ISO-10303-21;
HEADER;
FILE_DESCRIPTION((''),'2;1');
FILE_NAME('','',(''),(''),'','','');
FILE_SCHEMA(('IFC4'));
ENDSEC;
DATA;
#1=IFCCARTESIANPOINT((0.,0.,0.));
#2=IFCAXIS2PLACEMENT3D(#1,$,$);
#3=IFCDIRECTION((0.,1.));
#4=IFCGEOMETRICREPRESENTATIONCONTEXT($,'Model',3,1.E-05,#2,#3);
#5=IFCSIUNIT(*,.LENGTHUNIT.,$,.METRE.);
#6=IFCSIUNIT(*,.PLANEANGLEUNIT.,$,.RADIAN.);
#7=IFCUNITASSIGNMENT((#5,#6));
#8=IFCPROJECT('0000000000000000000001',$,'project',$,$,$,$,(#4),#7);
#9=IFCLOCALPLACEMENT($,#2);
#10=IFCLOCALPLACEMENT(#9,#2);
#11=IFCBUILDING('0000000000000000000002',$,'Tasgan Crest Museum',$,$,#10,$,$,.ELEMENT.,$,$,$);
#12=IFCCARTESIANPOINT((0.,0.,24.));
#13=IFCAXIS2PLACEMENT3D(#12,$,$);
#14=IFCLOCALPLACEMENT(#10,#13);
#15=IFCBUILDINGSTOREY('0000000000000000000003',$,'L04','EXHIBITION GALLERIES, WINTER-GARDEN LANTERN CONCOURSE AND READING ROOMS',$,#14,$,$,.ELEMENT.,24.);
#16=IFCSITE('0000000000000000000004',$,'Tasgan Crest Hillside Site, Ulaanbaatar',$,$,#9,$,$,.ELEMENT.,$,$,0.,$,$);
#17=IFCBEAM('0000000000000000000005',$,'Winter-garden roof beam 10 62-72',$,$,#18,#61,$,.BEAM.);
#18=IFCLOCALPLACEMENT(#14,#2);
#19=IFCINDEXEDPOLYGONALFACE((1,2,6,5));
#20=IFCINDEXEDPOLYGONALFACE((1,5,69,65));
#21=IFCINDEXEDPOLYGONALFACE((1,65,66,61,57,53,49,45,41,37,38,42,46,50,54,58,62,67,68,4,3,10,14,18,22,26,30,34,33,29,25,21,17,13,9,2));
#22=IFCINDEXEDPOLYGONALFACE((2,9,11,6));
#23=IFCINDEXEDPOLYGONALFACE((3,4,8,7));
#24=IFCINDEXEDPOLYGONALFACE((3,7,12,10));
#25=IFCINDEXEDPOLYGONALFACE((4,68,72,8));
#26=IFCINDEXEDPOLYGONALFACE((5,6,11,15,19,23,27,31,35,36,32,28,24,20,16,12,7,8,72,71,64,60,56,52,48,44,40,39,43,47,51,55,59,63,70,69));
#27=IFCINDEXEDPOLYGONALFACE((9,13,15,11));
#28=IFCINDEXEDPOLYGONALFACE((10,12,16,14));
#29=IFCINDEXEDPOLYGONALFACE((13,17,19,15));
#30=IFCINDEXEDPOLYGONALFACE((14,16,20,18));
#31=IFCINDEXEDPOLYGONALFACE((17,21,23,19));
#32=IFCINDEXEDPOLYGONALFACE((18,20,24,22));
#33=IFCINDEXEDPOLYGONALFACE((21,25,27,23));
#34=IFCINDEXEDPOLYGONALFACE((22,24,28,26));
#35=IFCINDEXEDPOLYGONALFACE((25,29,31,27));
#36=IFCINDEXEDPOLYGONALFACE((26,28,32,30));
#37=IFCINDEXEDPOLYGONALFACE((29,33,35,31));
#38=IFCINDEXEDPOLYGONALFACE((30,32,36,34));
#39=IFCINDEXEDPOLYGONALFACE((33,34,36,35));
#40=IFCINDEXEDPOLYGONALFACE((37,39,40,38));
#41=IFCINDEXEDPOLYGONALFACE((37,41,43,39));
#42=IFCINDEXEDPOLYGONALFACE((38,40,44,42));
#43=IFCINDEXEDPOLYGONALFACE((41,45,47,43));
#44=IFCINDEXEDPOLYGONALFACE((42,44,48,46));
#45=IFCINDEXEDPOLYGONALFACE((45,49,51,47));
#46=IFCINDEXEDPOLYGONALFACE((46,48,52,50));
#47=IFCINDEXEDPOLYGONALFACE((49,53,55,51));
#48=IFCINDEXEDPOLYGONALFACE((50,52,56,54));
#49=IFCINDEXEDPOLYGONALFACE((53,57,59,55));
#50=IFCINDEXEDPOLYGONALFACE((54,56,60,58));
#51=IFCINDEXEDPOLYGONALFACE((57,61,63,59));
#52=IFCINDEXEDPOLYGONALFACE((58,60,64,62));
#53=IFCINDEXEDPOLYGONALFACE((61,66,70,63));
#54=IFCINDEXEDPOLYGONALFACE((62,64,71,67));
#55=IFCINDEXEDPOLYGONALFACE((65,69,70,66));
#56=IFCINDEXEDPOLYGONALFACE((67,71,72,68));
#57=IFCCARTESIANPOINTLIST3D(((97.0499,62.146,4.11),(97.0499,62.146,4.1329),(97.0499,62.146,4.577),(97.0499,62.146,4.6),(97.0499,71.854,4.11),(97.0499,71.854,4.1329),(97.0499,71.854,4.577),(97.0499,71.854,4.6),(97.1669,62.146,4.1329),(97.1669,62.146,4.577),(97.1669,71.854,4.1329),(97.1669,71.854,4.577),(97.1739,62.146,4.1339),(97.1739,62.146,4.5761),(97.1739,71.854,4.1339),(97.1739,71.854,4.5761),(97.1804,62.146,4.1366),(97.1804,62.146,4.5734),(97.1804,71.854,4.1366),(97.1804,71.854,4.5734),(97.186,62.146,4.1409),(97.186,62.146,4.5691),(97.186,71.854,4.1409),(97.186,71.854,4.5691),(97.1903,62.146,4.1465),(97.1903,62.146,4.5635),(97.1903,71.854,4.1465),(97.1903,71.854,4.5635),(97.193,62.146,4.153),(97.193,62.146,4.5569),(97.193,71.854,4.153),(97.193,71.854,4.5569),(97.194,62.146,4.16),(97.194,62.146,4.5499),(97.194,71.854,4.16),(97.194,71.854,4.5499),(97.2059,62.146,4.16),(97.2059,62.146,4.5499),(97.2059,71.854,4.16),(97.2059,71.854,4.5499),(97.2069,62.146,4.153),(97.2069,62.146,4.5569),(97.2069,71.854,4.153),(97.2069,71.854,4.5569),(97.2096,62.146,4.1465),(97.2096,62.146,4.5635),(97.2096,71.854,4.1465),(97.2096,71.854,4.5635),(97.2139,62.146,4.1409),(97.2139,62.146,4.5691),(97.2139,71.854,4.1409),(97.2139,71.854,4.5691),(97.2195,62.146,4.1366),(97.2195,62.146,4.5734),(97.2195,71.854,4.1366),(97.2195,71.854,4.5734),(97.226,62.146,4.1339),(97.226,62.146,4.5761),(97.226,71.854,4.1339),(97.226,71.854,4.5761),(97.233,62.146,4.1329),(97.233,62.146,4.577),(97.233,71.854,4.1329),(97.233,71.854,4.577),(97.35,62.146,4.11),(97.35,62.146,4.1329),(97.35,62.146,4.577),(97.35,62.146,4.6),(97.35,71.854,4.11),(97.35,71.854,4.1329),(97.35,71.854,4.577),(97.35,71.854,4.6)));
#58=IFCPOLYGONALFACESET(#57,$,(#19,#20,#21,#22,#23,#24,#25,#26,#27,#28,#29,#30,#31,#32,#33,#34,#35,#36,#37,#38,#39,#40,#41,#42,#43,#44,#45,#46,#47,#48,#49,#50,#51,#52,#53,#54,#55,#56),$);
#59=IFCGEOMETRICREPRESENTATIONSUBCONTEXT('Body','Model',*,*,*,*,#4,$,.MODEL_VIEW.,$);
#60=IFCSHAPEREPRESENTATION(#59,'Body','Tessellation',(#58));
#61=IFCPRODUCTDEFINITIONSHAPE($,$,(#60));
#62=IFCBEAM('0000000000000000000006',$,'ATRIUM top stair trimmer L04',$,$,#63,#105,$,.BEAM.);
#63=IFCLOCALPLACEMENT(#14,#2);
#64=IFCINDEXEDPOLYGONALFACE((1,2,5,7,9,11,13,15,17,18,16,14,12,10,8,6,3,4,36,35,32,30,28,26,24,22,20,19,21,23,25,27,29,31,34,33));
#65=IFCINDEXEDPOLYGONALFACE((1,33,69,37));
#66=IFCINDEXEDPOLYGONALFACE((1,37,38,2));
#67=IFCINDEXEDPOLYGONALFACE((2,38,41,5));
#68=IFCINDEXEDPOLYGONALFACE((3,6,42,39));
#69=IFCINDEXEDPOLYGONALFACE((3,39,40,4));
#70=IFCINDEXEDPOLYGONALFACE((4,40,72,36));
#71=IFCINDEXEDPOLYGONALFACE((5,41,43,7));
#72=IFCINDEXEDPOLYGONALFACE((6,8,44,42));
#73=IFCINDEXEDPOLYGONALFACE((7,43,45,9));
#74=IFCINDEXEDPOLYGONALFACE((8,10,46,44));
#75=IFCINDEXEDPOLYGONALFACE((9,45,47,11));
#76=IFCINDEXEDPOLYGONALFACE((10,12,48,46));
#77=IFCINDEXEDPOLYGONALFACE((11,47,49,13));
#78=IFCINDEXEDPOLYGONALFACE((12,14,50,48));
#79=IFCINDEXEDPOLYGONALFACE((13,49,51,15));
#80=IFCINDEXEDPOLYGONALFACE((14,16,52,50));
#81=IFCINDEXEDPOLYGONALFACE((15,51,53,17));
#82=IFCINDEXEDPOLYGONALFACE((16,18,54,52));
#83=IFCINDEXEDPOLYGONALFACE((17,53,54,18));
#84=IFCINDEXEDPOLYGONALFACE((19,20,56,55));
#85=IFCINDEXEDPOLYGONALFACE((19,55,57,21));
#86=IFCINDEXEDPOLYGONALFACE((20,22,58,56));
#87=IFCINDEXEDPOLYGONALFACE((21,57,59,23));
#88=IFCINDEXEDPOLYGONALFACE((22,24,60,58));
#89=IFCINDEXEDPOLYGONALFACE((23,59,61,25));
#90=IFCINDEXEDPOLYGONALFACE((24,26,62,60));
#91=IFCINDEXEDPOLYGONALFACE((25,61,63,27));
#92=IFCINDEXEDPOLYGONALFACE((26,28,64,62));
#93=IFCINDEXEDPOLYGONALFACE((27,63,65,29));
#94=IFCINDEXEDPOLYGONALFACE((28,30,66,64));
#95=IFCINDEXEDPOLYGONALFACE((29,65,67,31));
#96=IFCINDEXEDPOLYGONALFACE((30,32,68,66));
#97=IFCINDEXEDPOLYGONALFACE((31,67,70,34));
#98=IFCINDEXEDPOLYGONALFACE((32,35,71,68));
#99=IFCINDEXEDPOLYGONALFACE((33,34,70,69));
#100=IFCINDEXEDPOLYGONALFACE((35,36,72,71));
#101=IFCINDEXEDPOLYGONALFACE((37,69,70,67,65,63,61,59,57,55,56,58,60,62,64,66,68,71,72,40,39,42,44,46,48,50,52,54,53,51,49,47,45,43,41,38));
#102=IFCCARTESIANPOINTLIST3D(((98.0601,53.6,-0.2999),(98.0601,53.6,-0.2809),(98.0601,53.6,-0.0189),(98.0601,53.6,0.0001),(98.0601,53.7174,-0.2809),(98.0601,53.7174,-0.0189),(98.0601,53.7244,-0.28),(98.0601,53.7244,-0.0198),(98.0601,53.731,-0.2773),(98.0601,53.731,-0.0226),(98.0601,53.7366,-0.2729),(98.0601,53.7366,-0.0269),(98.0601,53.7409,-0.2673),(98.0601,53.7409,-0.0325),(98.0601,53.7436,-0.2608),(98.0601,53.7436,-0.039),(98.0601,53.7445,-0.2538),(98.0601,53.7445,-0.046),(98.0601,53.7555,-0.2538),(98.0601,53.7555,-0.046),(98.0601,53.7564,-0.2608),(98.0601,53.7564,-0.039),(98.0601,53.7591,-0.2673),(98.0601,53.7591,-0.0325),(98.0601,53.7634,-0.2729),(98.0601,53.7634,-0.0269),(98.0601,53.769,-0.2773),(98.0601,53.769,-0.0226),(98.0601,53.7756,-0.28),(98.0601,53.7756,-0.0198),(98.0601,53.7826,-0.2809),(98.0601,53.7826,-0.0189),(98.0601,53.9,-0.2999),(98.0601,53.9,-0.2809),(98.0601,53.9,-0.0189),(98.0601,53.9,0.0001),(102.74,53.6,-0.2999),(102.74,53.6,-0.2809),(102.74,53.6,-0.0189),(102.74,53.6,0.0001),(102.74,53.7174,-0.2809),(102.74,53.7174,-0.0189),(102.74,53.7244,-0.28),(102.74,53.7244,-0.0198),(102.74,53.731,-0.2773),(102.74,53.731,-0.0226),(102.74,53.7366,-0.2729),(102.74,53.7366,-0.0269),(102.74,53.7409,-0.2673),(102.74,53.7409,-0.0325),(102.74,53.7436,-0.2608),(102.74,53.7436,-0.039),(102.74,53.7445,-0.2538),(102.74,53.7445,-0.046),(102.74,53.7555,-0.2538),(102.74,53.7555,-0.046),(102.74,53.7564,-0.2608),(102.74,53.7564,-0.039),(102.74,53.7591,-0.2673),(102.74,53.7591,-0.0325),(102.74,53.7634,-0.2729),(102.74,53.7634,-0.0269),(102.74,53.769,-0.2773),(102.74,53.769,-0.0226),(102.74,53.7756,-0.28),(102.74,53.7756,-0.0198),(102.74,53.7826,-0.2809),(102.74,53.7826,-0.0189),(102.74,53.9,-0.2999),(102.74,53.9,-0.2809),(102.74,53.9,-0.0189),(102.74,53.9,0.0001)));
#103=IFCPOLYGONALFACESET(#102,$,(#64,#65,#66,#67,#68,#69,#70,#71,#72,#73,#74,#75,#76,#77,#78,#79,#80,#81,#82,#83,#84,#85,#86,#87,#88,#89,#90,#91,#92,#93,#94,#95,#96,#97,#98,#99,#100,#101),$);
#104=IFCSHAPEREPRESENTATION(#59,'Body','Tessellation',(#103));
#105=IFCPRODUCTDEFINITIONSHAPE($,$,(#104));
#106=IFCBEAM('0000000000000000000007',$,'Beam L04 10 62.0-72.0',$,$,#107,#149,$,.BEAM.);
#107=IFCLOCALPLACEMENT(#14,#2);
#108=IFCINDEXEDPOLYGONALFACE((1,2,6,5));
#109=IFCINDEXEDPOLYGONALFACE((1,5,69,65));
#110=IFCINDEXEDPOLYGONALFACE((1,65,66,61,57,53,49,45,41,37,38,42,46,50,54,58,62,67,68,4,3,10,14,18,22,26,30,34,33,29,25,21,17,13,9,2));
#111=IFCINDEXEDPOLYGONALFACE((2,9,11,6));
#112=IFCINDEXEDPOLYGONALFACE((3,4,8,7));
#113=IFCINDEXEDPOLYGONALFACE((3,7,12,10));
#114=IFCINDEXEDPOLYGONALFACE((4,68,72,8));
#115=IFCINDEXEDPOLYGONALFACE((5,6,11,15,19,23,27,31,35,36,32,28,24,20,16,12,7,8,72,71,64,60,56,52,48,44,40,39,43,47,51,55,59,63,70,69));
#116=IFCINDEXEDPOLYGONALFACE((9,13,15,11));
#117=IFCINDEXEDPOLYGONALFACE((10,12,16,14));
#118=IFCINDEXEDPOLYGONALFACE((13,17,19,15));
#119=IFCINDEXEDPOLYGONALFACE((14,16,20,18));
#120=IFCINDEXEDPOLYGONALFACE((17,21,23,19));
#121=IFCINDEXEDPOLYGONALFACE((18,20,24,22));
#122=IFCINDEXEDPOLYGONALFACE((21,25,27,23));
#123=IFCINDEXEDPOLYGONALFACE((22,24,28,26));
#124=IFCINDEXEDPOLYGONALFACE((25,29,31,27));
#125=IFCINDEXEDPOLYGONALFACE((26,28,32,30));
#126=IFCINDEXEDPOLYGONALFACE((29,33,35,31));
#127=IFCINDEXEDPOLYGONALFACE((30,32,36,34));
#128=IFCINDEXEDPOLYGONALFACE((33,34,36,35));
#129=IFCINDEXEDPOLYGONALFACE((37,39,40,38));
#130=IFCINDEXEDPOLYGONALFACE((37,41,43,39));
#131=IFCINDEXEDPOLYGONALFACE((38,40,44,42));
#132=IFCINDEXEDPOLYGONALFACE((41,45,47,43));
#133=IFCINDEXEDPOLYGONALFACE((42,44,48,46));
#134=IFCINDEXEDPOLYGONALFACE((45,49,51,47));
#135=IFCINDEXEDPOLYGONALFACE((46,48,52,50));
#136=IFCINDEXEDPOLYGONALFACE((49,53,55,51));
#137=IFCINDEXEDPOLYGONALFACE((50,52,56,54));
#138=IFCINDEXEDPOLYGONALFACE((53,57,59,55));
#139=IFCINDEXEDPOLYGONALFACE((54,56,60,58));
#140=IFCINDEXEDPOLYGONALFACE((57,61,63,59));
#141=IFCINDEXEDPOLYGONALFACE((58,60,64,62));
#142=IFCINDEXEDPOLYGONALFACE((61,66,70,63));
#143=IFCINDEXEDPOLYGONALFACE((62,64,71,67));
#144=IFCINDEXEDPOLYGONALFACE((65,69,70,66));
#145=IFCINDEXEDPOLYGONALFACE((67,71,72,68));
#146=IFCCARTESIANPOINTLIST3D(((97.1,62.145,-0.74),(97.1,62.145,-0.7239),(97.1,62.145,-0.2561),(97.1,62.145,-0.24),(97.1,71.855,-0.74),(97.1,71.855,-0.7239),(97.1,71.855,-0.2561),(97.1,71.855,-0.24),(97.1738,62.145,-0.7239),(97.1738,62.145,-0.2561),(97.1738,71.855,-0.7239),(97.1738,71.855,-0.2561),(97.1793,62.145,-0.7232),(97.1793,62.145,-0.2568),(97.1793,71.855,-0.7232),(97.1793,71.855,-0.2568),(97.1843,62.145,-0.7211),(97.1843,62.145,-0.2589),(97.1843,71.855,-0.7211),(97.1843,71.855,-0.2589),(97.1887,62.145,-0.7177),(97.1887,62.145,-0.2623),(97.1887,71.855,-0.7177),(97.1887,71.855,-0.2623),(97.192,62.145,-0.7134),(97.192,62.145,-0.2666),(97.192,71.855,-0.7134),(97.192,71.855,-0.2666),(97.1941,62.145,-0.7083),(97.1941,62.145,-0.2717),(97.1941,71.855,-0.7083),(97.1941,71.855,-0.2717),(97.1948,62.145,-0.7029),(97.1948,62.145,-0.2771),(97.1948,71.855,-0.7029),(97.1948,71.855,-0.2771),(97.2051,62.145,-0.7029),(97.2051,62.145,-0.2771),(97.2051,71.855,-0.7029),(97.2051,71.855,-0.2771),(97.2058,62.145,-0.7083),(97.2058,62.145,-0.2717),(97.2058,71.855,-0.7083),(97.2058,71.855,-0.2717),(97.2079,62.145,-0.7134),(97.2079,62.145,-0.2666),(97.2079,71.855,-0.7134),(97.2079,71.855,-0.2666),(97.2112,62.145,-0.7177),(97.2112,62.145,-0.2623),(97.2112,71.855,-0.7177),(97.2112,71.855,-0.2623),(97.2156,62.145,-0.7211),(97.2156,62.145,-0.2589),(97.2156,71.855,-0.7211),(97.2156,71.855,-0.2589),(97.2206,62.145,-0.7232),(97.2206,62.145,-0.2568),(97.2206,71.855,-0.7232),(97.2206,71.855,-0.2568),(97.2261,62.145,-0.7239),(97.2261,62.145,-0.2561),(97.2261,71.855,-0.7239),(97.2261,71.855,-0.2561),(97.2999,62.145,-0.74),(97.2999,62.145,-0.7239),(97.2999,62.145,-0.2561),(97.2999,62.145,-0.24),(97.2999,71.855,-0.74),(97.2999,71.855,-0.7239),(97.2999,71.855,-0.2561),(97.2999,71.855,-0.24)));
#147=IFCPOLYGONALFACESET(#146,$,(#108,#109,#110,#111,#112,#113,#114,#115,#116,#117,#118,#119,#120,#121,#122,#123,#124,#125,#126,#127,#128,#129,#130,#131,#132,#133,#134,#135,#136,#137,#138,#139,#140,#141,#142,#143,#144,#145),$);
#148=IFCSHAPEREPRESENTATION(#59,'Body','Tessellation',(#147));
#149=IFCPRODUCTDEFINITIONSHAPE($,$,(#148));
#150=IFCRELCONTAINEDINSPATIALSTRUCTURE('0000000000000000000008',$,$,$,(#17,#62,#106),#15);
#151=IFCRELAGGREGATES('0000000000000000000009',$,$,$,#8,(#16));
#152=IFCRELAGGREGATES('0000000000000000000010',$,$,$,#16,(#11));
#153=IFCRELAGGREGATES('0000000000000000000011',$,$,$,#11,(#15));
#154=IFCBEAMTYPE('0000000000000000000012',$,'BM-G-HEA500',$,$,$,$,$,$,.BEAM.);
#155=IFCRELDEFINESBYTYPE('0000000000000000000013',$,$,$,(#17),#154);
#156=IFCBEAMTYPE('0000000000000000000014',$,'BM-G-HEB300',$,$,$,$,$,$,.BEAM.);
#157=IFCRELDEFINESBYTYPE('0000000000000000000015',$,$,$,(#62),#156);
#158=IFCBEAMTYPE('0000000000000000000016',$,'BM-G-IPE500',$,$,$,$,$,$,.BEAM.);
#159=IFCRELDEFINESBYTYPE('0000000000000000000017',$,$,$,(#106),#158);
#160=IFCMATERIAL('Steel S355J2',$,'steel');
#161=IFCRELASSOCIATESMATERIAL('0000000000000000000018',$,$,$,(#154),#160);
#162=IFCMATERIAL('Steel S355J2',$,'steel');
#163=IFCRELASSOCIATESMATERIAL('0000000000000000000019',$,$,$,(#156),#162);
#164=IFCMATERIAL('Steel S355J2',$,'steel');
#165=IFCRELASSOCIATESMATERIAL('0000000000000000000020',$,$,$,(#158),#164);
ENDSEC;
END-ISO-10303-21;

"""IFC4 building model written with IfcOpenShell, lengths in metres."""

from ifc_helpers import new_model, si_unit, direction, frame, origin, origin_2d, place, context, subcontext, project, spatial, i_section, extrude, material, material_profile, profile_set, type_object, element, save


model = new_model("IFC4")

# Units and contexts
model_context = context("Model", 3, precision=1e-05, world=origin(), true_north=direction((0.0, 1.0)))
body_context = subcontext(model_context, "Body", "Model", "MODEL_VIEW")
ifc_project = project(units=[si_unit("LENGTHUNIT", "METRE"), si_unit("PLANEANGLEUNIT", "RADIAN")], contexts=[model_context])

# Site, building, storey
site_placement = place(None, origin())
site = spatial("IfcSite", under=ifc_project, at=site_placement, Name="Tasgan Crest Hillside Site, Ulaanbaatar", CompositionType="ELEMENT", RefElevation=0.0)
building_placement = place(site_placement, origin())
building = spatial("IfcBuilding", under=site, at=building_placement, Name="Tasgan Crest Museum", CompositionType="ELEMENT")
storey_placement = place(building_placement, frame((0.0, 0.0, 24.0)))
storey = spatial("IfcBuildingStorey", under=building, at=storey_placement, Name="L04", Description="EXHIBITION GALLERIES, WINTER-GARDEN LANTERN CONCOURSE AND READING ROOMS", CompositionType="ELEMENT", Elevation=24.0)

# Beams
ifc_material_1 = material(Name="Steel S355J2", Category="steel")
ifc_material_profile_1 = material_profile(ifc_material_1, i_section(OverallWidth=0.3, OverallDepth=0.49, WebThickness=0.012, FlangeThickness=0.0229, FilletRadius=0.0271, at=origin_2d()), Name="HEA 500")
ifc_profile_set_1 = profile_set([ifc_material_profile_1], Name="Steel S355J2")
beam_type_1 = type_object("IfcBeamType", Name="BM-G-HEA500", PredefinedType="BEAM", material=ifc_profile_set_1)
beam_1_placement = place(storey_placement, frame((97.2, 62.146, 4.355), z_axis=(0.0, 1.0, 0.0), x_axis=(-1.0, 0.0, 0.0)))
element("IfcBeam", 1, at=beam_1_placement, inside=storey, type_object=beam_type_1, Name="Winter-garden roof beam 10 62-72", PredefinedType="BEAM", context=body_context, shape_type="SweptSolid", body=[
    extrude(i_section(OverallWidth=0.3, OverallDepth=0.49, WebThickness=0.012, FlangeThickness=0.0229, FilletRadius=0.0271, at=origin_2d()), origin(), (0.0, 0.0, 1.0), 9.708),
])
ifc_material_2 = material(Name="Steel S355J2", Category="steel")
ifc_material_profile_2 = material_profile(ifc_material_2, i_section(OverallWidth=0.3, OverallDepth=0.3, WebThickness=0.011, FlangeThickness=0.019, FilletRadius=0.0271, at=origin_2d()), Name="HEB 300")
ifc_profile_set_2 = profile_set([ifc_material_profile_2], Name="Steel S355J2")
beam_type_2 = type_object("IfcBeamType", Name="BM-G-HEB300", PredefinedType="BEAM", material=ifc_profile_set_2)
beam_2_placement = place(storey_placement, frame((98.0601, 53.75, -0.1499), z_axis=(1.0, 0.0, 0.0), x_axis=(0.0, 1.0, 0.0)))
element("IfcBeam", 2, at=beam_2_placement, inside=storey, type_object=beam_type_2, Name="ATRIUM top stair trimmer L04", PredefinedType="BEAM", context=body_context, shape_type="SweptSolid", body=[
    extrude(i_section(OverallWidth=0.3, OverallDepth=0.3, WebThickness=0.011, FlangeThickness=0.019, FilletRadius=0.0271, at=origin_2d()), origin(), (0.0, 0.0, 1.0), 4.6799),
])
ifc_material_3 = material(Name="Steel S355J2", Category="steel")
ifc_material_profile_3 = material_profile(ifc_material_3, i_section(OverallWidth=0.2, OverallDepth=0.5, WebThickness=0.0103, FlangeThickness=0.0161, FilletRadius=0.021, at=origin_2d()), Name="IPE 500")
ifc_profile_set_3 = profile_set([ifc_material_profile_3], Name="Steel S355J2")
beam_type_3 = type_object("IfcBeamType", Name="BM-G-IPE500", PredefinedType="BEAM", material=ifc_profile_set_3)
beam_3_placement = place(storey_placement, frame((97.2, 62.145, -0.49), z_axis=(0.0, 1.0, 0.0), x_axis=(-1.0, 0.0, 0.0)))
element("IfcBeam", 3, at=beam_3_placement, inside=storey, type_object=beam_type_3, Name="Beam L04 10 62.0-72.0", PredefinedType="BEAM", context=body_context, shape_type="SweptSolid", body=[
    extrude(i_section(OverallWidth=0.2, OverallDepth=0.5, WebThickness=0.0103, FlangeThickness=0.0161, FilletRadius=0.021, at=origin_2d()), origin(), (0.0, 0.0, 1.0), 9.71),
])

save(model, "model.ifc")
